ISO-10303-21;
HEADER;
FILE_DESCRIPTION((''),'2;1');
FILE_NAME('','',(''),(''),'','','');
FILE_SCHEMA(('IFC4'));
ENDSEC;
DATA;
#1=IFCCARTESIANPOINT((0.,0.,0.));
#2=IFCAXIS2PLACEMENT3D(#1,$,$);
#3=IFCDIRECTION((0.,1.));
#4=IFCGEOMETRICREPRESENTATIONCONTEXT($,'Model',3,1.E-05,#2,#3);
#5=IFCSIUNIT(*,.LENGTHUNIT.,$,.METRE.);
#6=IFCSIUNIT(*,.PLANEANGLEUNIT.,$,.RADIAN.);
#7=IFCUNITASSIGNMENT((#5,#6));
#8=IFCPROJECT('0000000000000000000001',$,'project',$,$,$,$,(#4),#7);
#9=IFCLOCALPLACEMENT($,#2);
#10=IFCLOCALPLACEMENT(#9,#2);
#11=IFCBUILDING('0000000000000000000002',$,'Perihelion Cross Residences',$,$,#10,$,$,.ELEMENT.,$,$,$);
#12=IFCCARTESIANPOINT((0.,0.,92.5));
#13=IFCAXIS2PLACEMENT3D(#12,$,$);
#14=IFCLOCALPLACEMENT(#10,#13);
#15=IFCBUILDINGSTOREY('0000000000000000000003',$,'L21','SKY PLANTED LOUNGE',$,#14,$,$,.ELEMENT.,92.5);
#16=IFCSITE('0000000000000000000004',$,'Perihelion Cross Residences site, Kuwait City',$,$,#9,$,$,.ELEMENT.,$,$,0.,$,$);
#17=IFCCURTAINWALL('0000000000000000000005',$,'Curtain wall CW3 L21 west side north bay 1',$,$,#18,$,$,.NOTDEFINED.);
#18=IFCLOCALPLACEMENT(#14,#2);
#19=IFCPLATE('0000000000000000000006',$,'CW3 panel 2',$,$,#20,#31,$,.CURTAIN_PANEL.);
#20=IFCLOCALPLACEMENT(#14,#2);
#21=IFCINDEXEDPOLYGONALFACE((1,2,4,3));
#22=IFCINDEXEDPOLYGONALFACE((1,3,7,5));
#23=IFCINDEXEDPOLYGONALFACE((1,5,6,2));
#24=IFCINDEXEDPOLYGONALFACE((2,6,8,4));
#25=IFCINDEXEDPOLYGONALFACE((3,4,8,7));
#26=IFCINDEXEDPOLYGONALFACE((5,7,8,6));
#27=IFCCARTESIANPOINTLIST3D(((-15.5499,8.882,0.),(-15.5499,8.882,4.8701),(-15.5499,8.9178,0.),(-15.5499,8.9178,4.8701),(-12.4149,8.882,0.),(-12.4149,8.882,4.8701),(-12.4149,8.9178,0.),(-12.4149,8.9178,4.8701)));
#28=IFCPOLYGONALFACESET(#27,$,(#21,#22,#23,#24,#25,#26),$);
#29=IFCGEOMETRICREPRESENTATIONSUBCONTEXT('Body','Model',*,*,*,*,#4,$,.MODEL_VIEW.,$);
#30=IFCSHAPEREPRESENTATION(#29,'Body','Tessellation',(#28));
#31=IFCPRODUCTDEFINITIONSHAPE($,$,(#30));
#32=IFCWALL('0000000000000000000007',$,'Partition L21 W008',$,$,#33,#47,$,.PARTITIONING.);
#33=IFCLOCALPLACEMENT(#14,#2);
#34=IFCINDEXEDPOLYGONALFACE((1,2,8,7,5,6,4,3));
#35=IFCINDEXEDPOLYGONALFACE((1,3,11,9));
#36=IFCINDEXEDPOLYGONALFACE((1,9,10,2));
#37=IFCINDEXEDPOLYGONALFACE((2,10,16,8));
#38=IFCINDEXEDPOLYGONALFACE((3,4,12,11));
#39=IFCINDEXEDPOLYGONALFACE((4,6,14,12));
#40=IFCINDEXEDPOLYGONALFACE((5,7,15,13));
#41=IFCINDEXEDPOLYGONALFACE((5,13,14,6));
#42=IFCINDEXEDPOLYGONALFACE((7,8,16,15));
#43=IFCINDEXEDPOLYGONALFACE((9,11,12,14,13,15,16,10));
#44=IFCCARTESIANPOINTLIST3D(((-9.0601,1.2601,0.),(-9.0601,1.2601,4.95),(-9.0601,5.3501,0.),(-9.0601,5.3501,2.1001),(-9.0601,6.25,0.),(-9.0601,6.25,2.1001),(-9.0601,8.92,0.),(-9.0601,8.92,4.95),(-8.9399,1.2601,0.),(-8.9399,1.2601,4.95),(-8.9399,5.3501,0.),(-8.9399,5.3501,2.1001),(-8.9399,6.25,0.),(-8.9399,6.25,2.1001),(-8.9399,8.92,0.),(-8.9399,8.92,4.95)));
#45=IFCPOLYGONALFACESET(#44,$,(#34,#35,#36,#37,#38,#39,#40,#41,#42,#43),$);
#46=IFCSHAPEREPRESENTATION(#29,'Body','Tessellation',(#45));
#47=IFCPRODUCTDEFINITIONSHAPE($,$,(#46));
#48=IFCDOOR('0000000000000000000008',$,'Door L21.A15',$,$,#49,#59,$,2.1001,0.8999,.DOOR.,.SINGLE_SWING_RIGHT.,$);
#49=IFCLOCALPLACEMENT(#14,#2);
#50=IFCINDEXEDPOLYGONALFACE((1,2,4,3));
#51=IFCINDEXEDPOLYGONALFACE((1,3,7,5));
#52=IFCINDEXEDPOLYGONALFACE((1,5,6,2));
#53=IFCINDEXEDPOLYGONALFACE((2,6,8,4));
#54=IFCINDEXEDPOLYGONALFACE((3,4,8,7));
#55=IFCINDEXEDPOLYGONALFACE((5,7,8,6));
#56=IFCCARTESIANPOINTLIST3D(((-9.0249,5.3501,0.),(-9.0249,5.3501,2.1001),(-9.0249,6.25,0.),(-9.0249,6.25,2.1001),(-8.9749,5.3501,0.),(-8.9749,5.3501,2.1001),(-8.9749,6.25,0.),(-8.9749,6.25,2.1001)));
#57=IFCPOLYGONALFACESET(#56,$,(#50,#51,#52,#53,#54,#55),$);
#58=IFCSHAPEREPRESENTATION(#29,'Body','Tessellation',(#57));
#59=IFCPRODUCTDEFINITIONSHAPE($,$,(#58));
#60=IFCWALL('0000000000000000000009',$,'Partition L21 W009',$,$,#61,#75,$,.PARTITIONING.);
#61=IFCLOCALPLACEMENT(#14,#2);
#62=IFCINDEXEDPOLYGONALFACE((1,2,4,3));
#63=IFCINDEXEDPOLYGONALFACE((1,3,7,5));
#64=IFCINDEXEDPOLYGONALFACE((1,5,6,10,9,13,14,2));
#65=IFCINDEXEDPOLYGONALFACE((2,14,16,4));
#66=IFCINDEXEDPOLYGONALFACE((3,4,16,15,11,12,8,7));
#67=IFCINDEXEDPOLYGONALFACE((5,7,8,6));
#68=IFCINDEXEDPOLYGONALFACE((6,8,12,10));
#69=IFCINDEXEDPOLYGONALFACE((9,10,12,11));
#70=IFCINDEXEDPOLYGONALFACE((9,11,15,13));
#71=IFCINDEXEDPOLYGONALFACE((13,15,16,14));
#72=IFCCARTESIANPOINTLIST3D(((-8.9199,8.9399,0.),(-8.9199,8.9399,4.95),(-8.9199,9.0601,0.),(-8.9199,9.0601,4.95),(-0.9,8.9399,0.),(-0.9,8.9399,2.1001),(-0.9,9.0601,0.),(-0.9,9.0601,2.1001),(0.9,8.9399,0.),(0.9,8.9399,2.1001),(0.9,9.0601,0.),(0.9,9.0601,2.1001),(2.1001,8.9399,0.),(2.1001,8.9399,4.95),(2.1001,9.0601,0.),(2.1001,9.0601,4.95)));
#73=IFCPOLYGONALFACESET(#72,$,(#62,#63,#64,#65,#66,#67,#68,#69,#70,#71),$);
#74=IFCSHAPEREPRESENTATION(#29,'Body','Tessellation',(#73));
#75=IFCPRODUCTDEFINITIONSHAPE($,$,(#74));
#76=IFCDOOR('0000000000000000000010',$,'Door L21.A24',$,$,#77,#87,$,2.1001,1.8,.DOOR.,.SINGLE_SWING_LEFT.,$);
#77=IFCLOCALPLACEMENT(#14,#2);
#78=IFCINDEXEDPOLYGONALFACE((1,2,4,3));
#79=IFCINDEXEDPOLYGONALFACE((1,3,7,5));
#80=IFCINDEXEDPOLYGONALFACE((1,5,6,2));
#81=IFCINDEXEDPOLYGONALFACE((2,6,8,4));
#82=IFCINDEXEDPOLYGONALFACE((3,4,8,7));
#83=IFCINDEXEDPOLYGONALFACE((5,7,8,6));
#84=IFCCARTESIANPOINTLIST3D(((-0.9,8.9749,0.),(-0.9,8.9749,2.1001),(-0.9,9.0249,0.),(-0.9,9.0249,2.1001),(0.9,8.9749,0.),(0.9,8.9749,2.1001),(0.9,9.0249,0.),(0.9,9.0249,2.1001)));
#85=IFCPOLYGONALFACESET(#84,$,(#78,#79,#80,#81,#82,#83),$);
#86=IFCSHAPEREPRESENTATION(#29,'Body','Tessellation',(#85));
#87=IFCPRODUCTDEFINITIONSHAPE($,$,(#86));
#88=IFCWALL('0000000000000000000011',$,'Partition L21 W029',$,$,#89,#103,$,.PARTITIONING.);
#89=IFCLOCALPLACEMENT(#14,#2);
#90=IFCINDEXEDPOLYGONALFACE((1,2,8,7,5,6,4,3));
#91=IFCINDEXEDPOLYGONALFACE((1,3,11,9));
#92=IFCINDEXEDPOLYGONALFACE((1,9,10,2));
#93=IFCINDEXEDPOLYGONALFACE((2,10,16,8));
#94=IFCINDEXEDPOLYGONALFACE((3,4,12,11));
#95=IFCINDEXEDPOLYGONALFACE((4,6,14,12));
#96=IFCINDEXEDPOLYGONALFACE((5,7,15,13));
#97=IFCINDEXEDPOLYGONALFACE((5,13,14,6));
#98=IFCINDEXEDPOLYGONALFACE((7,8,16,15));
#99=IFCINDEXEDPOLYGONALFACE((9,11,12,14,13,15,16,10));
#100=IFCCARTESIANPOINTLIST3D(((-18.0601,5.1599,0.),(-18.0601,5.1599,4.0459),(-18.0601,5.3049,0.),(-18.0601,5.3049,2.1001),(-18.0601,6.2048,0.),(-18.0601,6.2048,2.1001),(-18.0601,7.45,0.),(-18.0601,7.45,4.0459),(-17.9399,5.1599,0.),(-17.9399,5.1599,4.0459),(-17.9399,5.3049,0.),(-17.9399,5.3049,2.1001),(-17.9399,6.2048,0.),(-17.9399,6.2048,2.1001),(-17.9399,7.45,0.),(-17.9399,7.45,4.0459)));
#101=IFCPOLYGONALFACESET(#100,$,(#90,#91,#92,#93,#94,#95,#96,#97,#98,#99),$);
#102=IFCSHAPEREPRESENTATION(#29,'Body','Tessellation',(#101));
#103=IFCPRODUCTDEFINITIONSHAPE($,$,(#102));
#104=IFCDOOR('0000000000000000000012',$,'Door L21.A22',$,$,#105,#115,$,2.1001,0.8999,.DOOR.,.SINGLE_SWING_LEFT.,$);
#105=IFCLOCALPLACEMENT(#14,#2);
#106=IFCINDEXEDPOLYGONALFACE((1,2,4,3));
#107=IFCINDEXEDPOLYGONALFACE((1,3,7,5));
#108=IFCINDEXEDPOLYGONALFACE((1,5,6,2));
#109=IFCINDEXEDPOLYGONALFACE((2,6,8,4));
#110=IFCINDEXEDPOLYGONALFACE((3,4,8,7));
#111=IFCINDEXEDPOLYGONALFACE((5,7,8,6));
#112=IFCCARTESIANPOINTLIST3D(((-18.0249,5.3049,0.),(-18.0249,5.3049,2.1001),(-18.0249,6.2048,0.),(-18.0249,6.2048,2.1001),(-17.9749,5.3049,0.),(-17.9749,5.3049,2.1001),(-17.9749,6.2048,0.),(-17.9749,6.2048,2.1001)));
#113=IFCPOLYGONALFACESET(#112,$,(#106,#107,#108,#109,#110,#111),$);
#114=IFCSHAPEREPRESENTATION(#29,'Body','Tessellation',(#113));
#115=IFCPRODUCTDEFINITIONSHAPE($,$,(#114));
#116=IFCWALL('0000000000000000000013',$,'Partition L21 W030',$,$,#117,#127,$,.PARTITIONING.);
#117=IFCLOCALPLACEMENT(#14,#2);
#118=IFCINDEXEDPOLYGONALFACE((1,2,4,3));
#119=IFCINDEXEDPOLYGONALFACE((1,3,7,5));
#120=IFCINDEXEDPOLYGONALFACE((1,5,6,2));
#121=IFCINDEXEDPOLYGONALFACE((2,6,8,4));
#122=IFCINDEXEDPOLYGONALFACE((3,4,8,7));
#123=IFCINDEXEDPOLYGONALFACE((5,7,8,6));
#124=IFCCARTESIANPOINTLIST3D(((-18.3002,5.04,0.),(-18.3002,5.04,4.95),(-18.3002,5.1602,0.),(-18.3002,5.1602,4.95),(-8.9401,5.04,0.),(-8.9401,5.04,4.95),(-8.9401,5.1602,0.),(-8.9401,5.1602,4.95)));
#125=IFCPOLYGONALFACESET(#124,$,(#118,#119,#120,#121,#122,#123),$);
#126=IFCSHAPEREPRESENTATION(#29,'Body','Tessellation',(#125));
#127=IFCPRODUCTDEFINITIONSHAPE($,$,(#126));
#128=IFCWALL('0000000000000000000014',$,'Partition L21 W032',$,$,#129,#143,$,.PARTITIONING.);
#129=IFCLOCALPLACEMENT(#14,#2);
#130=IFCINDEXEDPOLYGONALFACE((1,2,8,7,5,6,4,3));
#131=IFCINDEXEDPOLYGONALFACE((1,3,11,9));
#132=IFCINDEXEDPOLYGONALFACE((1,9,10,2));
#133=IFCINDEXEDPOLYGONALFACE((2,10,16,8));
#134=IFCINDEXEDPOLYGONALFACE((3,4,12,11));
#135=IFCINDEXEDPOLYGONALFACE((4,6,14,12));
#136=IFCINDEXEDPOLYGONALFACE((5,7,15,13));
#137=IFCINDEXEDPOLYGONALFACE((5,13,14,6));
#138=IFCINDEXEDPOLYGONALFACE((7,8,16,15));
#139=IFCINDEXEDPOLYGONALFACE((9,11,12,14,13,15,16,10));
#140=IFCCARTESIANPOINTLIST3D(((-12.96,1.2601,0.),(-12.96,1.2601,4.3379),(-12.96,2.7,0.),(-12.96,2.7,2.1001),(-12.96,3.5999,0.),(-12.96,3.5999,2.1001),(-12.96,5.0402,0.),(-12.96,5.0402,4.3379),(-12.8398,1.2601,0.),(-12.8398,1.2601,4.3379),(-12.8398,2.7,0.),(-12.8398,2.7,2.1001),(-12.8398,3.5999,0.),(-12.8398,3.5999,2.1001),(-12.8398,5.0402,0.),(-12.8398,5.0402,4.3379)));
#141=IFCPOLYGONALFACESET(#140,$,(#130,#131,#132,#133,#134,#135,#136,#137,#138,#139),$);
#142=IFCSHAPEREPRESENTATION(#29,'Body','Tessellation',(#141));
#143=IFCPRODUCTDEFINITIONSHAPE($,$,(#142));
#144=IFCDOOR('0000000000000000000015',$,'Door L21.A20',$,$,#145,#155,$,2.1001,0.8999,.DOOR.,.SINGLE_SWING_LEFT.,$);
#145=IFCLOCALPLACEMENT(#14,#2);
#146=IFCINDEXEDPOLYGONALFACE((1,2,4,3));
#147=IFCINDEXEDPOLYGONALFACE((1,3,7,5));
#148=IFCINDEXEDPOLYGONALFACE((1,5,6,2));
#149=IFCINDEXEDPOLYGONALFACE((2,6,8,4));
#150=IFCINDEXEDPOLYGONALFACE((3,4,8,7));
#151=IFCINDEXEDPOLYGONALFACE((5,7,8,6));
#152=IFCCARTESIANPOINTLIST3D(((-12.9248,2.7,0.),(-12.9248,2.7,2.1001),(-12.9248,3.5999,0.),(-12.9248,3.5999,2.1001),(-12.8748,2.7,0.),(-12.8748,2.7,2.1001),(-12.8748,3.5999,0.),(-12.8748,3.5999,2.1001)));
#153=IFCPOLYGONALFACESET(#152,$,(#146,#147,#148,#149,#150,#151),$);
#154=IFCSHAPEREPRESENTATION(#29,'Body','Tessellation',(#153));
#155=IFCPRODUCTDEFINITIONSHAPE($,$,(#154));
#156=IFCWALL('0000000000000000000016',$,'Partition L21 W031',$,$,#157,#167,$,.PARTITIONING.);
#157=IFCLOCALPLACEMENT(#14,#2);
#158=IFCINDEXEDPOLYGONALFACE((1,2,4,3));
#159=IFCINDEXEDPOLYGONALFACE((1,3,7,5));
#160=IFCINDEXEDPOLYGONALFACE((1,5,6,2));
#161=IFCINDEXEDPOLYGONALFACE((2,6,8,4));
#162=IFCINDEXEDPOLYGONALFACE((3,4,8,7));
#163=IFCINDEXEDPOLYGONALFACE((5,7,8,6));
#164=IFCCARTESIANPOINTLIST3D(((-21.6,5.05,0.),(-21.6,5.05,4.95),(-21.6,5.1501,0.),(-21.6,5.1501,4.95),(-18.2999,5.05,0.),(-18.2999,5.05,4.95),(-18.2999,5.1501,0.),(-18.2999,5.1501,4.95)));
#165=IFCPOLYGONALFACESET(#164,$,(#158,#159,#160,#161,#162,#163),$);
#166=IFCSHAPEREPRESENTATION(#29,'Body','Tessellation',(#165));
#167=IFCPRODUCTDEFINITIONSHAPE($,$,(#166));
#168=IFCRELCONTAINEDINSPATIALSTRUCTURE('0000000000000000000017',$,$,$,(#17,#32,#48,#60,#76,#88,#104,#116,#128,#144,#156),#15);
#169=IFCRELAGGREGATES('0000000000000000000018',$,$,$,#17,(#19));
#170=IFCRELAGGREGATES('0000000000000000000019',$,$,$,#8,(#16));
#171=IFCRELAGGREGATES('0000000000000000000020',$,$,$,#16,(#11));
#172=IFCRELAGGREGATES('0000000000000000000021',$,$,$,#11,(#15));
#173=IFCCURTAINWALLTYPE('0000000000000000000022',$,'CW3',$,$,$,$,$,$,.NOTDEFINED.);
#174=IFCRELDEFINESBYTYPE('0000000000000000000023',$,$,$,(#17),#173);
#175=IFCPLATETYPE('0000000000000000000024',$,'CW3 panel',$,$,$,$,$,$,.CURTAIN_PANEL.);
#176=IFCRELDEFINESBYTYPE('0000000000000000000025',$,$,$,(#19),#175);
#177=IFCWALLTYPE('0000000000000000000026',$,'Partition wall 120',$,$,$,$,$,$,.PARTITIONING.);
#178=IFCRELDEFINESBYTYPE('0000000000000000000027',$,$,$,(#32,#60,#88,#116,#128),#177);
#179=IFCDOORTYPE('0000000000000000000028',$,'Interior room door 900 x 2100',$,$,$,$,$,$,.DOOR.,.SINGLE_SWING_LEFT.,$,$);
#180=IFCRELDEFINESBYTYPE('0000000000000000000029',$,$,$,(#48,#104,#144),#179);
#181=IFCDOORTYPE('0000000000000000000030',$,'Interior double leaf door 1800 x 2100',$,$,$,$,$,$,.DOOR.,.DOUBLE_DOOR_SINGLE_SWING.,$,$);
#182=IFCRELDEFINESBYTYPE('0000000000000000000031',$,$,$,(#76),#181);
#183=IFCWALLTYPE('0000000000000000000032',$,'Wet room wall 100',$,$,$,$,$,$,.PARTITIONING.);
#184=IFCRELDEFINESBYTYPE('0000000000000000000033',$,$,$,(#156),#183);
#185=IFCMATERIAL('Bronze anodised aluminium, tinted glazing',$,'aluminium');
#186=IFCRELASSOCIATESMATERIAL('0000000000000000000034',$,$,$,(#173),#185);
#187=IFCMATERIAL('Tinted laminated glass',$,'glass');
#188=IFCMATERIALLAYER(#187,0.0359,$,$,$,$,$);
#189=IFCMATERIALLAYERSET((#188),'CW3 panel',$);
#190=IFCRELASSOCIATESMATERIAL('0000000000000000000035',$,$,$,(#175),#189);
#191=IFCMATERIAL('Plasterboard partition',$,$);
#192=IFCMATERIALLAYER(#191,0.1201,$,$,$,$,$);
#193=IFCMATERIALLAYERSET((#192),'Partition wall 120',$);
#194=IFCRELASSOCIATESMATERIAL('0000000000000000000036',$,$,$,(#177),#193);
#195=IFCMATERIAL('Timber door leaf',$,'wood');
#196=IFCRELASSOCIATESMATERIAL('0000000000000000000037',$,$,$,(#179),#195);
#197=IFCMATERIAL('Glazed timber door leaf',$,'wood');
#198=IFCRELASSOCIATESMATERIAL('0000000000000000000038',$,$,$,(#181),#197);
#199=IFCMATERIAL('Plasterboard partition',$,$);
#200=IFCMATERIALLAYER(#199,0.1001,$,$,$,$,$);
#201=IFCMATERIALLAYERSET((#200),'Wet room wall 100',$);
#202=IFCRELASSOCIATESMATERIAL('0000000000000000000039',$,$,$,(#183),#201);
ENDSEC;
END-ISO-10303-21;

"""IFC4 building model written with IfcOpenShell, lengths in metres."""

from ifc_helpers import new_model, si_unit, direction, frame, frame_2d, origin, origin_2d, place, context, subcontext, project, spatial, rectangle, extrude, material, layer, layer_set, type_object, element, fill, aggregate, save


model = new_model("IFC4")

# Units and contexts
model_context = context("Model", 3, precision=1e-05, world=origin(), true_north=direction((0.0, 1.0)))
body_context = subcontext(model_context, "Body", "Model", "MODEL_VIEW")
ifc_project = project(units=[si_unit("LENGTHUNIT", "METRE"), si_unit("PLANEANGLEUNIT", "RADIAN")], contexts=[model_context])

# Site, building, storey
site_placement = place(None, origin())
site = spatial("IfcSite", under=ifc_project, at=site_placement, Name="Perihelion Cross Residences site, Kuwait City", CompositionType="ELEMENT", RefElevation=0.0)
building_placement = place(site_placement, origin())
building = spatial("IfcBuilding", under=site, at=building_placement, Name="Perihelion Cross Residences", CompositionType="ELEMENT")
storey_placement = place(building_placement, frame((0.0, 0.0, 92.5)))
storey = spatial("IfcBuildingStorey", under=building, at=storey_placement, Name="L21", Description="SKY PLANTED LOUNGE", CompositionType="ELEMENT", Elevation=92.5)

# Curtain wall
ifc_material_1 = material(Name="Bronze anodised aluminium, tinted glazing", Category="aluminium")
curtain_wall_type = type_object("IfcCurtainWallType", Name="CW3", PredefinedType="NOTDEFINED", material=ifc_material_1)
curtain_wall_1_placement = place(storey_placement, origin())
curtain_wall_1 = element("IfcCurtainWall", 1, at=curtain_wall_1_placement, inside=storey, type_object=curtain_wall_type, Name="Curtain wall CW3 L21 west side north bay 1", PredefinedType="NOTDEFINED")

# Plate
ifc_material_2 = material(Name="Tinted laminated glass", Category="glass")
ifc_layer_1 = layer(ifc_material_2, 0.0359)
ifc_layer_set_1 = layer_set([ifc_layer_1], Name="CW3 panel")
plate_type = type_object("IfcPlateType", Name="CW3 panel", PredefinedType="CURTAIN_PANEL", material=ifc_layer_set_1)
plate_1_placement = place(storey_placement, frame((-13.9824, 8.8999, 0.0), z_axis=(0.0, 0.0, 1.0), x_axis=(-1.0, 0.0, 0.0)))
plate_1 = element("IfcPlate", 2, at=plate_1_placement, type_object=plate_type, Name="CW3 panel 2", PredefinedType="CURTAIN_PANEL", context=body_context, shape_type="SweptSolid", body=[
    extrude(rectangle(XDim=3.135, YDim=0.0359, at=origin_2d()), origin(), (0.0, 0.0, 1.0), 4.8701),
])
aggregate(curtain_wall_1, [plate_1])

# Walls, openings, doors
ifc_material_3 = material(Name="Plasterboard partition")
ifc_layer_2 = layer(ifc_material_3, 0.1201)
ifc_layer_set_2 = layer_set([ifc_layer_2], Name="Partition wall 120")
wall_type_1 = type_object("IfcWallType", Name="Partition wall 120", PredefinedType="PARTITIONING", material=ifc_layer_set_2)
wall_1_placement = place(storey_placement, frame((-9.0, 1.26, 0.0), z_axis=(0.0, 0.0, 1.0), x_axis=(0.0, 1.0, 0.0)))
wall_1 = element("IfcWall", 3, at=wall_1_placement, inside=storey, type_object=wall_type_1, Name="Partition L21 W008", PredefinedType="PARTITIONING", context=body_context, shape_type="SweptSolid", body=[
    extrude(rectangle(XDim=7.6599, YDim=0.1201, at=frame_2d((3.8301, 0.0))), origin(), (0.0, 0.0, 1.0), 4.95),
])
opening_1_placement = place(wall_1_placement, frame((4.0901, 0.0, 0.0)))
opening_1 = element("IfcOpeningElement", 4, at=opening_1_placement, cuts=wall_1, PredefinedType="OPENING", context=body_context, shape_type="SweptSolid", body=[
    extrude(rectangle(XDim=0.8999, YDim=2.1001, at=frame_2d((0.45, 1.05))), frame((0.0, 0.0701, 0.0), z_axis=(0.0, -1.0, 0.0), x_axis=(1.0, 0.0, 0.0)), (0.0, 0.0, 1.0), 0.1401),
])
ifc_material_4 = material(Name="Timber door leaf", Category="wood")
door_type_1 = type_object("IfcDoorType", Name="Interior room door 900 x 2100", OperationType="SINGLE_SWING_LEFT", PredefinedType="DOOR", material=ifc_material_4)
door_1_placement = place(opening_1_placement, origin())
door_1 = element("IfcDoor", 5, at=door_1_placement, inside=storey, type_object=door_type_1, Name="Door L21.A15", OperationType="SINGLE_SWING_RIGHT", OverallHeight=2.1001, OverallWidth=0.8999, PredefinedType="DOOR", context=body_context, shape_type="SweptSolid", body=[
    extrude(rectangle(XDim=0.8999, YDim=2.1001, at=frame_2d((0.45, 1.05))), frame((0.0, 0.0249, 0.0), z_axis=(0.0, -1.0, 0.0), x_axis=(1.0, 0.0, 0.0)), (0.0, 0.0, 1.0), 0.05),
])
fill(opening_1, door_1)
wall_2_placement = place(storey_placement, frame((-8.9199, 9.0, 0.0), z_axis=(0.0, 0.0, 1.0), x_axis=(1.0, 0.0, 0.0)))
wall_2 = element("IfcWall", 6, at=wall_2_placement, inside=storey, type_object=wall_type_1, Name="Partition L21 W009", PredefinedType="PARTITIONING", context=body_context, shape_type="SweptSolid", body=[
    extrude(rectangle(XDim=11.02, YDim=0.1201, at=frame_2d((5.51, 0.0))), origin(), (0.0, 0.0, 1.0), 4.95),
])
opening_2_placement = place(wall_2_placement, frame((8.02, 0.0, 0.0)))
opening_2 = element("IfcOpeningElement", 7, at=opening_2_placement, cuts=wall_2, PredefinedType="OPENING", context=body_context, shape_type="SweptSolid", body=[
    extrude(rectangle(XDim=1.8, YDim=2.1001, at=frame_2d((0.8999, 1.05))), frame((0.0, 0.0701, 0.0), z_axis=(0.0, -1.0, 0.0), x_axis=(1.0, 0.0, 0.0)), (0.0, 0.0, 1.0), 0.1401),
])
ifc_material_5 = material(Name="Glazed timber door leaf", Category="wood")
door_type_2 = type_object("IfcDoorType", Name="Interior double leaf door 1800 x 2100", OperationType="DOUBLE_DOOR_SINGLE_SWING", PredefinedType="DOOR", material=ifc_material_5)
door_2_placement = place(opening_2_placement, origin())
door_2 = element("IfcDoor", 8, at=door_2_placement, inside=storey, type_object=door_type_2, Name="Door L21.A24", OperationType="SINGLE_SWING_LEFT", OverallHeight=2.1001, OverallWidth=1.8, PredefinedType="DOOR", context=body_context, shape_type="SweptSolid", body=[
    extrude(rectangle(XDim=1.8, YDim=2.1001, at=frame_2d((0.8999, 1.05))), frame((0.0, 0.0249, 0.0), z_axis=(0.0, -1.0, 0.0), x_axis=(1.0, 0.0, 0.0)), (0.0, 0.0, 1.0), 0.05),
])
fill(opening_2, door_2)
wall_3_placement = place(storey_placement, frame((-18.0, 5.1599, 0.0), z_axis=(0.0, 0.0, 1.0), x_axis=(0.0, 1.0, 0.0)))
wall_3 = element("IfcWall", 9, at=wall_3_placement, inside=storey, type_object=wall_type_1, Name="Partition L21 W029", PredefinedType="PARTITIONING", context=body_context, shape_type="SweptSolid", body=[
    extrude(rectangle(XDim=2.29, YDim=0.1201, at=frame_2d((1.145, 0.0))), origin(), (0.0, 0.0, 1.0), 4.0459),
])
opening_3_placement = place(wall_3_placement, frame((0.145, 0.0, 0.0)))
opening_3 = element("IfcOpeningElement", 10, at=opening_3_placement, cuts=wall_3, PredefinedType="OPENING", context=body_context, shape_type="SweptSolid", body=[
    extrude(rectangle(XDim=0.8999, YDim=2.1001, at=frame_2d((0.45, 1.05))), frame((0.0, 0.0701, 0.0), z_axis=(0.0, -1.0, 0.0), x_axis=(1.0, 0.0, 0.0)), (0.0, 0.0, 1.0), 0.1401),
])
door_3_placement = place(opening_3_placement, origin())
door_3 = element("IfcDoor", 11, at=door_3_placement, inside=storey, type_object=door_type_1, Name="Door L21.A22", OperationType="SINGLE_SWING_LEFT", OverallHeight=2.1001, OverallWidth=0.8999, PredefinedType="DOOR", context=body_context, shape_type="SweptSolid", body=[
    extrude(rectangle(XDim=0.8999, YDim=2.1001, at=frame_2d((0.45, 1.05))), frame((0.0, 0.0249, 0.0), z_axis=(0.0, -1.0, 0.0), x_axis=(1.0, 0.0, 0.0)), (0.0, 0.0, 1.0), 0.05),
])
fill(opening_3, door_3)

# Wall
wall_4_placement = place(storey_placement, frame((-8.9399, 5.1001, 0.0), z_axis=(0.0, 0.0, 1.0), x_axis=(-1.0, 0.0, 0.0)))
element("IfcWall", 12, at=wall_4_placement, inside=storey, type_object=wall_type_1, Name="Partition L21 W030", PredefinedType="PARTITIONING", context=body_context, shape_type="SweptSolid", body=[
    extrude(rectangle(XDim=9.3601, YDim=0.1201, at=frame_2d((4.6802, 0.0))), origin(), (0.0, 0.0, 1.0), 4.95),
])

# Wall, opening, door
wall_5_placement = place(storey_placement, frame((-12.8999, 1.26, 0.0), z_axis=(0.0, 0.0, 1.0), x_axis=(0.0, 1.0, 0.0)))
wall_5 = element("IfcWall", 13, at=wall_5_placement, inside=storey, type_object=wall_type_1, Name="Partition L21 W032", PredefinedType="PARTITIONING", context=body_context, shape_type="SweptSolid", body=[
    extrude(rectangle(XDim=3.78, YDim=0.1201, at=frame_2d((1.8901, 0.0))), origin(), (0.0, 0.0, 1.0), 4.3379),
])
opening_4_placement = place(wall_5_placement, frame((1.4399, 0.0, 0.0)))
opening_4 = element("IfcOpeningElement", 14, at=opening_4_placement, cuts=wall_5, PredefinedType="OPENING", context=body_context, shape_type="SweptSolid", body=[
    extrude(rectangle(XDim=0.8999, YDim=2.1001, at=frame_2d((0.45, 1.05))), frame((0.0, 0.0701, 0.0), z_axis=(0.0, -1.0, 0.0), x_axis=(1.0, 0.0, 0.0)), (0.0, 0.0, 1.0), 0.1401),
])
door_4_placement = place(opening_4_placement, origin())
door_4 = element("IfcDoor", 15, at=door_4_placement, inside=storey, type_object=door_type_1, Name="Door L21.A20", OperationType="SINGLE_SWING_LEFT", OverallHeight=2.1001, OverallWidth=0.8999, PredefinedType="DOOR", context=body_context, shape_type="SweptSolid", body=[
    extrude(rectangle(XDim=0.8999, YDim=2.1001, at=frame_2d((0.45, 1.05))), frame((0.0, 0.0249, 0.0), z_axis=(0.0, -1.0, 0.0), x_axis=(1.0, 0.0, 0.0)), (0.0, 0.0, 1.0), 0.05),
])
fill(opening_4, door_4)

# Wall
ifc_material_6 = material(Name="Plasterboard partition")
ifc_layer_3 = layer(ifc_material_6, 0.1001)
ifc_layer_set_3 = layer_set([ifc_layer_3], Name="Wet room wall 100")
wall_type_2 = type_object("IfcWallType", Name="Wet room wall 100", PredefinedType="PARTITIONING", material=ifc_layer_set_3)
wall_6_placement = place(storey_placement, frame((-18.3, 5.1001, 0.0), z_axis=(0.0, 0.0, 1.0), x_axis=(-1.0, 0.0, 0.0)))
element("IfcWall", 16, at=wall_6_placement, inside=storey, type_object=wall_type_2, Name="Partition L21 W031", PredefinedType="PARTITIONING", context=body_context, shape_type="SweptSolid", body=[
    extrude(rectangle(XDim=3.3, YDim=0.1001, at=frame_2d((1.6499, 0.0))), origin(), (0.0, 0.0, 1.0), 4.95),
])

save(model, "model.ifc")
